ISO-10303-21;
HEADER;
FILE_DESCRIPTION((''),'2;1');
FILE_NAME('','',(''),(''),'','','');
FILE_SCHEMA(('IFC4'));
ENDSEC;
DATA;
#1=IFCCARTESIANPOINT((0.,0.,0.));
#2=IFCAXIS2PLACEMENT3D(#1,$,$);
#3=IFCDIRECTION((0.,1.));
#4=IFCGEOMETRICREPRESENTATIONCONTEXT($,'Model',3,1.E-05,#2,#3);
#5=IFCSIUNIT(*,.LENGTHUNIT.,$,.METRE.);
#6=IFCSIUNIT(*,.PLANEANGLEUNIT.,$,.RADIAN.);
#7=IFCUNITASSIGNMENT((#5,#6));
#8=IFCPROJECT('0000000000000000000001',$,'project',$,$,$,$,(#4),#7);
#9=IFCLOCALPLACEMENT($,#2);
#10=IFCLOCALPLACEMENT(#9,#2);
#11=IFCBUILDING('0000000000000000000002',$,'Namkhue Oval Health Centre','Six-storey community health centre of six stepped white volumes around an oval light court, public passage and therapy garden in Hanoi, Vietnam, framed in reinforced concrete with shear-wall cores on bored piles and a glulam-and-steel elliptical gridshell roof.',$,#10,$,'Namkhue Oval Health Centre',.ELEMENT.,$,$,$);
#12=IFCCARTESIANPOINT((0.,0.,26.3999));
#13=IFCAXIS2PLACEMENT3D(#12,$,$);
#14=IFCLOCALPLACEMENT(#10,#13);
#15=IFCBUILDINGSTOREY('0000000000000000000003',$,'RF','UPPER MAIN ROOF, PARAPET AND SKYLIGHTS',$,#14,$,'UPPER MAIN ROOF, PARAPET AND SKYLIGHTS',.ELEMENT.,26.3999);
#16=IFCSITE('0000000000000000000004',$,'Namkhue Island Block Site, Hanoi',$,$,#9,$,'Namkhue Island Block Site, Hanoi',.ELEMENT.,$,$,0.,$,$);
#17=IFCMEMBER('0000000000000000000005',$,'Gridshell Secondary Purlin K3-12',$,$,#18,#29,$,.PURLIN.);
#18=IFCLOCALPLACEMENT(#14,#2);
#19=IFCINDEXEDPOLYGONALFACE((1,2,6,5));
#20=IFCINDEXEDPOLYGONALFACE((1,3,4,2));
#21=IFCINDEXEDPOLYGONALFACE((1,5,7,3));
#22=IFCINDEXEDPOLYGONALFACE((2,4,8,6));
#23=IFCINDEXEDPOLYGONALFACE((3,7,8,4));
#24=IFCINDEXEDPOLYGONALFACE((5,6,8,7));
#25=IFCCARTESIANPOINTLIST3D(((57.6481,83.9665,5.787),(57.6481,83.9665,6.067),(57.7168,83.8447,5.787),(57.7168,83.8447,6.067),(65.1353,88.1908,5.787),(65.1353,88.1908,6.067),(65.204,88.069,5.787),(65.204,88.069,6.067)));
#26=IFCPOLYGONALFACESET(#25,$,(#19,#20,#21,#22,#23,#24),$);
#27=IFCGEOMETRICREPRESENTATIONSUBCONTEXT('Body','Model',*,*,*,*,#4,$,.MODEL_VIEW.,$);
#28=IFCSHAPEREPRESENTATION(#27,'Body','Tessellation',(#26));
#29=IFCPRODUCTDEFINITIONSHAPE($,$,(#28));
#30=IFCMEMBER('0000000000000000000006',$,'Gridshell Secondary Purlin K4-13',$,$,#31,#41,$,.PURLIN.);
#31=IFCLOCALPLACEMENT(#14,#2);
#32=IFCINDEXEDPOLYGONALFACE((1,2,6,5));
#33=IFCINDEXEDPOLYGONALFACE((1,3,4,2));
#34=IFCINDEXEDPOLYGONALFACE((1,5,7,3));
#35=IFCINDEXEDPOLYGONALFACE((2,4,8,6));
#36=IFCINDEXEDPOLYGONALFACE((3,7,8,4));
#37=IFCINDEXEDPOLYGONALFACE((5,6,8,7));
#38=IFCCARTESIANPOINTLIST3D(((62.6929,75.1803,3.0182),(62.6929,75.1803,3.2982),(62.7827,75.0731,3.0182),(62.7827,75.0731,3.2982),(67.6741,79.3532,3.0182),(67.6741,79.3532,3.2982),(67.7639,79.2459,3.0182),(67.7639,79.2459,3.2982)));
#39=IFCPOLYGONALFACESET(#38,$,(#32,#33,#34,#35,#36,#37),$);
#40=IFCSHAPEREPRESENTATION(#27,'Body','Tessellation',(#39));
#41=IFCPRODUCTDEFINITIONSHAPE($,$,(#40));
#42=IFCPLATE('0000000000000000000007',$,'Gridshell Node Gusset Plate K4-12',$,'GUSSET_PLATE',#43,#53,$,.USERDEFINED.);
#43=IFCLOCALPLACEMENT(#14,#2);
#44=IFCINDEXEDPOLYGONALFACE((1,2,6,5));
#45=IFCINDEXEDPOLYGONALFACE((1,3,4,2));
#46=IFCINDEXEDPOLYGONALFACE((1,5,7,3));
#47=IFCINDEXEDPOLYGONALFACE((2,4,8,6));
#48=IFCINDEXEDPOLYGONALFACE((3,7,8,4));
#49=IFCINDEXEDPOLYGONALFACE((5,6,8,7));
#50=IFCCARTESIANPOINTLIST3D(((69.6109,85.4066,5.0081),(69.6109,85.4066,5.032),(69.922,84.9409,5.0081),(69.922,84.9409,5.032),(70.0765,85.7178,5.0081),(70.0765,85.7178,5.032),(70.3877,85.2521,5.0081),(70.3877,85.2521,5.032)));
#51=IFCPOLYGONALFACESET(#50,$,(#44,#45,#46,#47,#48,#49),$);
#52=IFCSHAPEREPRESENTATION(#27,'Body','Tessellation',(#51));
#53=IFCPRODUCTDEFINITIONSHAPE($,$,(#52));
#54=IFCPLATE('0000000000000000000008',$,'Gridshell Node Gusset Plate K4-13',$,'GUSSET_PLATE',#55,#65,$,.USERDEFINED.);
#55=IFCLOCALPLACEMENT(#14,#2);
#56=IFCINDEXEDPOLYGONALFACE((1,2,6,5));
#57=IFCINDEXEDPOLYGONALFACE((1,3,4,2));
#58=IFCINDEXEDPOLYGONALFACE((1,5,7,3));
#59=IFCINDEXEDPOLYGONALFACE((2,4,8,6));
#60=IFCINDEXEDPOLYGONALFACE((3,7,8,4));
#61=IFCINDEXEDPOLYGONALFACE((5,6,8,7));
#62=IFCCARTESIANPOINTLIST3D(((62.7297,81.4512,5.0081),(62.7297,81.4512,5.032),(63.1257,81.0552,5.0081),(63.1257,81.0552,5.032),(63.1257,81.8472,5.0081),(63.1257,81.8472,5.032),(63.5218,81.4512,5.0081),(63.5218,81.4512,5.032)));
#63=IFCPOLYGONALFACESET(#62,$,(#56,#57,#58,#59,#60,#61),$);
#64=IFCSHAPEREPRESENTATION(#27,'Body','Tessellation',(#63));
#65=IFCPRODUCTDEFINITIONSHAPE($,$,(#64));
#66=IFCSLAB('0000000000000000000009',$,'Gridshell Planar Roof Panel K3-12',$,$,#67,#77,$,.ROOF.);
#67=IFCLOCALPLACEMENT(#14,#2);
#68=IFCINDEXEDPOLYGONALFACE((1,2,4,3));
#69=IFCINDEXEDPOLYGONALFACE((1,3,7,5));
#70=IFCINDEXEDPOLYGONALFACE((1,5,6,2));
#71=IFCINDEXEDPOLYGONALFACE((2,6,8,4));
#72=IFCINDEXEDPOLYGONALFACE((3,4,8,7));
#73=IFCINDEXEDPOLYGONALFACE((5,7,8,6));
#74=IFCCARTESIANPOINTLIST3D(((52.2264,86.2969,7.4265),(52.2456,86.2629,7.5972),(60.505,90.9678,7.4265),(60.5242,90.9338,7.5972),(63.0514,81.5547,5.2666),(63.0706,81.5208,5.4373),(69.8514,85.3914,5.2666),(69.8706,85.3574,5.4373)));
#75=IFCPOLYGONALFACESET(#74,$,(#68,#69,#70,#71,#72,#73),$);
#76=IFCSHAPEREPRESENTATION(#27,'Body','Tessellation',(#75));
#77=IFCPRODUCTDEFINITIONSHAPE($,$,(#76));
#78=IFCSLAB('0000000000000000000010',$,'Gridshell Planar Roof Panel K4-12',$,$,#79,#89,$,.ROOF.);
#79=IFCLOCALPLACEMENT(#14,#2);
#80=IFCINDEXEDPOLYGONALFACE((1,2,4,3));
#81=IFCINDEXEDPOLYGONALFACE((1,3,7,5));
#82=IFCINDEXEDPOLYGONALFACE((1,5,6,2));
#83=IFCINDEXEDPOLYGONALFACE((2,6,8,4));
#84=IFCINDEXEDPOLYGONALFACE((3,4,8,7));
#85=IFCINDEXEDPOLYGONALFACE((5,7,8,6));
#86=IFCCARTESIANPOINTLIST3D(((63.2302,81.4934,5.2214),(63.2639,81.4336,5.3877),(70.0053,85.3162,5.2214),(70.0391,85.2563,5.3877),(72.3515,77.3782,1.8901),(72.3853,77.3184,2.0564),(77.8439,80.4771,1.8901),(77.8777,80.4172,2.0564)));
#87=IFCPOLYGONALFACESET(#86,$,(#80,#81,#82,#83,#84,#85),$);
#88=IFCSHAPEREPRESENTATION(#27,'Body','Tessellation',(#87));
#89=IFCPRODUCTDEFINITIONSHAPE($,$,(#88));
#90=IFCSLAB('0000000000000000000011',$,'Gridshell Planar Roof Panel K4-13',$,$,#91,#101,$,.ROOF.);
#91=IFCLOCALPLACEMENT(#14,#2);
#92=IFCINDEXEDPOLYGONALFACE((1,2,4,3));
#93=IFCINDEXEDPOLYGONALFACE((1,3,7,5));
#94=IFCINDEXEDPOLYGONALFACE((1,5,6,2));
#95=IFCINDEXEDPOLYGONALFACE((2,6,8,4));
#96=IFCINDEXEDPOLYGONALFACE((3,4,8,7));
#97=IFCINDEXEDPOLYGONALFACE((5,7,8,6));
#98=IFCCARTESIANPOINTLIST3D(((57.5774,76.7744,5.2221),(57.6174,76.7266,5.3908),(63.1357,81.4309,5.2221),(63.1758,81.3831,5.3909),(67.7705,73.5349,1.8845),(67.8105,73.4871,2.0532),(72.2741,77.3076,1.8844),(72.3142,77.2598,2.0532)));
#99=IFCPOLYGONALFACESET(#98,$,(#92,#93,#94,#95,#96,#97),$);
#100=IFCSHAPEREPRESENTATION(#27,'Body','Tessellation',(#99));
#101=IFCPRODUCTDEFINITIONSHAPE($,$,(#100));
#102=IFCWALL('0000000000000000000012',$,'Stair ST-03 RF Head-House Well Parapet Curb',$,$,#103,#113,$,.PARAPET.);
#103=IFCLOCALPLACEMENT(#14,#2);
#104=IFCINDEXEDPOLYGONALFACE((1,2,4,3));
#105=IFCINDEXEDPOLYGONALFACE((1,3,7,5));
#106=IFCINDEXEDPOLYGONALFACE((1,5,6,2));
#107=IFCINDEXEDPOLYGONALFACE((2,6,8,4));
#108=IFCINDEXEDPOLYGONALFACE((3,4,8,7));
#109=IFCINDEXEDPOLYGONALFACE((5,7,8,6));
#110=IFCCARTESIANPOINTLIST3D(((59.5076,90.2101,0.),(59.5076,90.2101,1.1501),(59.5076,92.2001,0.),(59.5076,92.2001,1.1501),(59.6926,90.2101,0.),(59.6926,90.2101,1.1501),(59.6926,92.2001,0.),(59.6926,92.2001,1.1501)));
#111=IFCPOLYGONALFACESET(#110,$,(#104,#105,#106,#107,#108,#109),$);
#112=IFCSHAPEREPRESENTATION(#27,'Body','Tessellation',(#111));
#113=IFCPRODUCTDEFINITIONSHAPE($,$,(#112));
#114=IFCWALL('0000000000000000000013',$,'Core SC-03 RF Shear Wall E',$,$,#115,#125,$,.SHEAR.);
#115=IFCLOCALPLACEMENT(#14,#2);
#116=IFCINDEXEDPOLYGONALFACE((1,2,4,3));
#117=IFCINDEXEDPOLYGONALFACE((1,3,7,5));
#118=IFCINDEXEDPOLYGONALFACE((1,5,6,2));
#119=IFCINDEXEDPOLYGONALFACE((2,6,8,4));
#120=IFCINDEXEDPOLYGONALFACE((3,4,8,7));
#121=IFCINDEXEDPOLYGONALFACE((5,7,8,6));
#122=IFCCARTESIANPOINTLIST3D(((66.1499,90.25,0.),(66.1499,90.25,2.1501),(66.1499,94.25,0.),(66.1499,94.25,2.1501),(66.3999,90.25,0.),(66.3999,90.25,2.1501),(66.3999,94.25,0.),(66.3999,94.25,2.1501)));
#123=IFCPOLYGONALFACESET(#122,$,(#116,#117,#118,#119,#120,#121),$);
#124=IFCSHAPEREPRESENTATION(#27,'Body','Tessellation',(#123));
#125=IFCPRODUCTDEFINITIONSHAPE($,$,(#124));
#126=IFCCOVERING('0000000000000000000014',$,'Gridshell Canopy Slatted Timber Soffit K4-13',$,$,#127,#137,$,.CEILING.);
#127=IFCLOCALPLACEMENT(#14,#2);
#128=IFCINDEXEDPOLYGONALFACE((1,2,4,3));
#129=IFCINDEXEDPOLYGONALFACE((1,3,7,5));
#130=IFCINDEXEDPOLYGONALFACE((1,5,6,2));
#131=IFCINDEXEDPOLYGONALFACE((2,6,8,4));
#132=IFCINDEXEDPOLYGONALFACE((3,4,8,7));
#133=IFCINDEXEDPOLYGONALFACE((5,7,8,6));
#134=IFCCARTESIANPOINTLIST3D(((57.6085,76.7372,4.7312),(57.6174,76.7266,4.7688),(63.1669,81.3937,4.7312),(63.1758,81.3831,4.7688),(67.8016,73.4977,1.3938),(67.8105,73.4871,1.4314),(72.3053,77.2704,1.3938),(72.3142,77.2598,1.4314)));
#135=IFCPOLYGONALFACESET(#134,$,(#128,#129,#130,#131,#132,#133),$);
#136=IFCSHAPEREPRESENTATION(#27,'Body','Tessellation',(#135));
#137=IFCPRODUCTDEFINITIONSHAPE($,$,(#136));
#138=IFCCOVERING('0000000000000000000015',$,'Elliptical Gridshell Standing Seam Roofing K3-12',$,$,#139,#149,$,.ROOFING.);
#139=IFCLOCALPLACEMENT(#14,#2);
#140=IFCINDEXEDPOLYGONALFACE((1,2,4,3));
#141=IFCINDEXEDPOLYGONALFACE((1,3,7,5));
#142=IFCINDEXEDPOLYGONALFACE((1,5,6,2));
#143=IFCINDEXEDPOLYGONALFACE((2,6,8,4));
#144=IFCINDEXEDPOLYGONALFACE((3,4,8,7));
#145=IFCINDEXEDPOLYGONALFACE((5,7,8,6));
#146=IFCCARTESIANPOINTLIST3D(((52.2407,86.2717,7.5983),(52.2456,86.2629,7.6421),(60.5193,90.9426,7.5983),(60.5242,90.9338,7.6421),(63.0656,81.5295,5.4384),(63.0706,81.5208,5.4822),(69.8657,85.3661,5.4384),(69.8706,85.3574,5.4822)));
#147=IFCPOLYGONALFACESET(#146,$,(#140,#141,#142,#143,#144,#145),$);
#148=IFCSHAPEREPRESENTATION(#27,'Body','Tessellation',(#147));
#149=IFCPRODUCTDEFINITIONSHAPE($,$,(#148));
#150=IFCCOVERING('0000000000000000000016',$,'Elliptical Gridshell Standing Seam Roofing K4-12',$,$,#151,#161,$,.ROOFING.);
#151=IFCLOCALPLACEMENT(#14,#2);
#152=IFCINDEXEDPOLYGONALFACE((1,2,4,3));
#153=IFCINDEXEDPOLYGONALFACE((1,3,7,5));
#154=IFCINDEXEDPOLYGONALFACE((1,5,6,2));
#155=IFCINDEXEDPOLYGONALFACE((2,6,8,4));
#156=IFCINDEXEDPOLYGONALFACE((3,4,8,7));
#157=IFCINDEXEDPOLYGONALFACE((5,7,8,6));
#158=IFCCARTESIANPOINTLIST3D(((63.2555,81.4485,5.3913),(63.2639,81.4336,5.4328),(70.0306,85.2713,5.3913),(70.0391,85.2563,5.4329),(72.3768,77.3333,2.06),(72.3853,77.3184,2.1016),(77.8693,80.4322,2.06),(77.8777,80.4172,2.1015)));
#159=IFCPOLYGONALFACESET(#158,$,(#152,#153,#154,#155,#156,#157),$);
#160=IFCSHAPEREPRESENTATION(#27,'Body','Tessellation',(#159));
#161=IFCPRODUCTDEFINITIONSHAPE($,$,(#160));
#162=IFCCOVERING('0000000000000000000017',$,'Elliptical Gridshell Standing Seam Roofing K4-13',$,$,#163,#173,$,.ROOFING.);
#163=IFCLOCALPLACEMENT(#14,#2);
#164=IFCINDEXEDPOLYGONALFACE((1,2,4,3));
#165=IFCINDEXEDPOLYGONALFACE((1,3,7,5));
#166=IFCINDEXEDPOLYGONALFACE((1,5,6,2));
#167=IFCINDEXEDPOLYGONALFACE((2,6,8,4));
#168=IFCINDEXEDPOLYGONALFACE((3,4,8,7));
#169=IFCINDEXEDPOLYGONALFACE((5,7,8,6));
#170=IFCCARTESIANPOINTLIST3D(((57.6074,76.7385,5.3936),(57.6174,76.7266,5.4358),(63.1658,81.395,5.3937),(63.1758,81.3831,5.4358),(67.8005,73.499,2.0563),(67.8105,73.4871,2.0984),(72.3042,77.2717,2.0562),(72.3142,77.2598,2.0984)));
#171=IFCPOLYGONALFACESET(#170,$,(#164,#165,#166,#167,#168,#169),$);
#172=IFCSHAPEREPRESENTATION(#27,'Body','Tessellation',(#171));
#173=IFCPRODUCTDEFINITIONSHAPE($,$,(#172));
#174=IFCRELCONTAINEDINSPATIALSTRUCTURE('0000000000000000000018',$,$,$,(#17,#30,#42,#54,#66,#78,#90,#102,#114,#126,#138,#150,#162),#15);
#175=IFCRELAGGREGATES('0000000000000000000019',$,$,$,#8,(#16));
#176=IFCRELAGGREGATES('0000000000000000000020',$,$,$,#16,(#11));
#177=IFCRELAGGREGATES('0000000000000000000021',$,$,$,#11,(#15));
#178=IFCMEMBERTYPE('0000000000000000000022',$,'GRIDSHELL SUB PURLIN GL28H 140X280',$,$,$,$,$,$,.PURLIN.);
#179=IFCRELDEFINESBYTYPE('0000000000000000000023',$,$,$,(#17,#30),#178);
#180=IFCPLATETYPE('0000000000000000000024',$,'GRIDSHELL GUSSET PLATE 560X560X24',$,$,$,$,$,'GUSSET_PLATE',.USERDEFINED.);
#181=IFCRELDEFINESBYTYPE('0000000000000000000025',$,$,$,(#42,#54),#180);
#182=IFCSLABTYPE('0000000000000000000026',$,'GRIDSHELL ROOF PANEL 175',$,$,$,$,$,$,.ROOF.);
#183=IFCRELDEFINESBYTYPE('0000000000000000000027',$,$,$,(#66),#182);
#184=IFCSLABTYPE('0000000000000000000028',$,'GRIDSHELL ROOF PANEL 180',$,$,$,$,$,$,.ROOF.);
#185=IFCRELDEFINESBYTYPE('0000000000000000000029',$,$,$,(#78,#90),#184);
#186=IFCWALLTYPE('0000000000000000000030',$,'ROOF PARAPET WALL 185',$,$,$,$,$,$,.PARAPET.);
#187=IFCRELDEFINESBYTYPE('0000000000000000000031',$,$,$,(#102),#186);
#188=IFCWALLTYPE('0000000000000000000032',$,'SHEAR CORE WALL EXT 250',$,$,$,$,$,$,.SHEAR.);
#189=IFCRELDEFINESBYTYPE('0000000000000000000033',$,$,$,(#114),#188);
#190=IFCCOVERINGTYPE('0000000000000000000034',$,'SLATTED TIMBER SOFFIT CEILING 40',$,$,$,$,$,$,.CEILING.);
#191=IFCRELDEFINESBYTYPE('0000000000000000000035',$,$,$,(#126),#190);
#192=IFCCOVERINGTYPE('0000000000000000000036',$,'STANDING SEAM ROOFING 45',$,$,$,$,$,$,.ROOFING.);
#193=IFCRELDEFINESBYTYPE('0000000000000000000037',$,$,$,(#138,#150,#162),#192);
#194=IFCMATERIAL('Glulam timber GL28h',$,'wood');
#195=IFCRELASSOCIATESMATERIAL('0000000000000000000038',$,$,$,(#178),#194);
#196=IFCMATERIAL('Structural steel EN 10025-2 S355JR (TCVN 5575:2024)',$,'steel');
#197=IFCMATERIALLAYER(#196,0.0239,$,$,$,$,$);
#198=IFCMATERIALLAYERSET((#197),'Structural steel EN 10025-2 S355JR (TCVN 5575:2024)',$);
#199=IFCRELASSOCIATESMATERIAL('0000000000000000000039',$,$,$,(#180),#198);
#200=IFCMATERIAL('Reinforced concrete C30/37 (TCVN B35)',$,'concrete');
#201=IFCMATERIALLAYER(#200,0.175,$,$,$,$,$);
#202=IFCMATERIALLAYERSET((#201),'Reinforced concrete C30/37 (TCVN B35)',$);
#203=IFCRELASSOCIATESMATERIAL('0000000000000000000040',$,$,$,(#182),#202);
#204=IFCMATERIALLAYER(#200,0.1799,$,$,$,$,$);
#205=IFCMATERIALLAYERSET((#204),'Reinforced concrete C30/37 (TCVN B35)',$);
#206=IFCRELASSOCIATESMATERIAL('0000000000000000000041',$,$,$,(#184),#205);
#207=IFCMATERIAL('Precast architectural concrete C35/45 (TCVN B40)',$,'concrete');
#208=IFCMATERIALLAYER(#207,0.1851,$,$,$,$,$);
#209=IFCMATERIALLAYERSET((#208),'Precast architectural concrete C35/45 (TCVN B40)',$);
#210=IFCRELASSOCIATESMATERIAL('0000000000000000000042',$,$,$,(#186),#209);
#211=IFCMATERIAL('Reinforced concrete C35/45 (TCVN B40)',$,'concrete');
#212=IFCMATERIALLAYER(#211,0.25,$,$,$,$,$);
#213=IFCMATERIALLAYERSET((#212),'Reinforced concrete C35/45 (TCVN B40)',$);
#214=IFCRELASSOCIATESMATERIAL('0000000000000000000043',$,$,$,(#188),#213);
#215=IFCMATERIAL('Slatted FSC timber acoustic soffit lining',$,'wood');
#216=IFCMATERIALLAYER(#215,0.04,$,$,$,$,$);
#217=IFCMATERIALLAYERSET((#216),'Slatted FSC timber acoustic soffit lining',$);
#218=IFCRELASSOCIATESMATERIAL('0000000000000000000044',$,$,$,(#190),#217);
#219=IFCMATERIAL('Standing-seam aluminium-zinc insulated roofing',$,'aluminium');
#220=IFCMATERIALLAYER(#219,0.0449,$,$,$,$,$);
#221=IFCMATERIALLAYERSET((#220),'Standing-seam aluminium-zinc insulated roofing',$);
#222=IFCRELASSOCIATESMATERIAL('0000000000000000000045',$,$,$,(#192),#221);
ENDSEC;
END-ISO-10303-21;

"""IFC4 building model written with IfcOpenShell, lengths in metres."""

from ifc_helpers import new_model, si_unit, direction, frame, frame_2d, origin, origin_2d, place, context, subcontext, project, spatial, polyline, rectangle, outline, extrude, material, layer, layer_set, material_profile, profile_set, type_object, element, save


model = new_model("IFC4")

# Units and contexts
model_context = context("Model", 3, precision=1e-05, world=origin(), true_north=direction((0.0, 1.0)))
body_context = subcontext(model_context, "Body", "Model", "MODEL_VIEW")
ifc_project = project(units=[si_unit("LENGTHUNIT", "METRE"), si_unit("PLANEANGLEUNIT", "RADIAN")], contexts=[model_context])

# Site, building, storey
site_placement = place(None, origin())
site = spatial("IfcSite", under=ifc_project, at=site_placement, Name="Namkhue Island Block Site, Hanoi", LongName="Namkhue Island Block Site, Hanoi", CompositionType="ELEMENT", RefElevation=0.0)
building_placement = place(site_placement, origin())
building = spatial("IfcBuilding", under=site, at=building_placement, Name="Namkhue Oval Health Centre", Description="Six-storey community health centre of six stepped white volumes around an oval light court, public passage and therapy garden in Hanoi, Vietnam, framed in reinforced concrete with shear-wall cores on bored piles and a glulam-and-steel elliptical gridshell roof.", LongName="Namkhue Oval Health Centre", CompositionType="ELEMENT")
storey_placement = place(building_placement, frame((0.0, 0.0, 26.3999)))
storey = spatial("IfcBuildingStorey", under=building, at=storey_placement, Name="RF", Description="UPPER MAIN ROOF, PARAPET AND SKYLIGHTS", LongName="UPPER MAIN ROOF, PARAPET AND SKYLIGHTS", CompositionType="ELEMENT", Elevation=26.3999)

# Members
ifc_material_1 = material(Name="Structural steel EN 10025-2 S355JR (TCVN 5575:2024)", Category="steel")
ifc_material_2 = material(Name="Glulam timber GL28h", Category="wood")
ifc_material_profile_1 = material_profile(ifc_material_2, rectangle(XDim=0.1399, YDim=0.28, at=origin_2d()), Name="GL28h 140x280")
ifc_profile_set_1 = profile_set([ifc_material_profile_1], Name="Glulam timber GL28h")
member_type_1 = type_object("IfcMemberType", Name="GRIDSHELL SUB PURLIN GL28H 140X280", PredefinedType="PURLIN", material=ifc_profile_set_1)
member_1_placement = place(storey_placement, frame((65.1697, 88.1299, 5.927), z_axis=(-0.870941, -0.491388, 0.0), x_axis=(0.491388, -0.870941, 0.0)))
element("IfcMember", 1, at=member_1_placement, inside=storey, type_object=member_type_1, Name="Gridshell Secondary Purlin K3-12", PredefinedType="PURLIN", context=body_context, shape_type="SweptSolid", body=[
    extrude(rectangle(XDim=0.1399, YDim=0.28, at=origin_2d()), origin(), (0.0, 0.0, 1.0), 8.5967),
])
member_2_placement = place(storey_placement, frame((67.719, 79.2996, 3.1582), z_axis=(-0.766565, -0.642167, 0.0), x_axis=(0.642167, -0.766565, 0.0)))
element("IfcMember", 2, at=member_2_placement, inside=storey, type_object=member_type_1, Name="Gridshell Secondary Purlin K4-13", PredefinedType="PURLIN", context=body_context, shape_type="SweptSolid", body=[
    extrude(rectangle(XDim=0.1399, YDim=0.28, at=origin_2d()), origin(), (0.0, 0.0, 1.0), 6.498),
])

# Plates
ifc_layer_1 = layer(ifc_material_1, 0.0239)
ifc_layer_set_1 = layer_set([ifc_layer_1], Name="Structural steel EN 10025-2 S355JR (TCVN 5575:2024)")
plate_type = type_object("IfcPlateType", Name="GRIDSHELL GUSSET PLATE 560X560X24", ElementType="GUSSET_PLATE", PredefinedType="USERDEFINED", material=ifc_layer_set_1)
for number, where, z_axis, x_axis, name in (
    (3, (69.9993, 85.3293, 5.0081), (0.0, 0.0, 1.0), (-0.55557, 0.83147, 0.0), "Gridshell Node Gusset Plate K4-12"),
    (4, (63.1257, 81.4512, 5.0081), (0.0, 0.0, 1.0), (-0.707107, 0.707107, 0.0), "Gridshell Node Gusset Plate K4-13"),
):
    element("IfcPlate", number, at=place(storey_placement, frame(where, z_axis=z_axis, x_axis=x_axis)), inside=storey, type_object=plate_type, Name=name, ObjectType="GUSSET_PLATE", PredefinedType="USERDEFINED", context=body_context, shape_type="SweptSolid", body=[
        extrude(rectangle(XDim=0.5601, YDim=0.5601, at=origin_2d()), origin(), (0.0, 0.0, 1.0), 0.0239),
    ])

# Slabs
ifc_material_3 = material(Name="Reinforced concrete C30/37 (TCVN B35)", Category="concrete")
ifc_layer_2 = layer(ifc_material_3, 0.175)
ifc_layer_set_2 = layer_set([ifc_layer_2], Name="Reinforced concrete C30/37 (TCVN B35)")
slab_type_1 = type_object("IfcSlabType", Name="GRIDSHELL ROOF PANEL 175", PredefinedType="ROOF", material=ifc_layer_set_2)
slab_1_placement = place(storey_placement, frame((60.5242, 90.9338, 7.5972), z_axis=(0.109496, -0.194069, 0.974858), x_axis=(-0.870936, -0.491396, 0.0)))
element("IfcSlab", 5, at=slab_1_placement, inside=storey, type_object=slab_type_1, Name="Gridshell Planar Roof Panel K3-12", PredefinedType="ROOF", context=body_context, shape_type="SweptSolid", body=[
    extrude(outline(polyline([(0.0, 0.0), (9.5054, 0.0), (2.4078, 9.6932), (-5.3999, 9.6932), (0.0, 0.0)])), origin(), (0.0, 0.0, -1.0), 0.175),
])
ifc_layer_3 = layer(ifc_material_3, 0.1799)
ifc_layer_set_3 = layer_set([ifc_layer_3], Name="Reinforced concrete C30/37 (TCVN B35)")
slab_type_2 = type_object("IfcSlabType", Name="GRIDSHELL ROOF PANEL 180", PredefinedType="ROOF", material=ifc_layer_set_3)
slab_2_placement = place(storey_placement, frame((70.0391, 85.2563, 5.3877), z_axis=(0.187574, -0.332448, 0.92428), x_axis=(-0.870931, -0.491406, -0.000003)))
element("IfcSlab", 6, at=slab_2_placement, inside=storey, type_object=slab_type_2, Name="Gridshell Planar Roof Panel K4-12", PredefinedType="ROOF", context=body_context, shape_type="SweptSolid", body=[
    extrude(outline(polyline([(0.0, 0.0), (7.7792, 0.0), (1.8574, 8.7272), (-4.4489, 8.7273), (0.0, 0.0)])), origin(), (0.0, 0.0, -1.0), 0.1799),
])
slab_3_placement = place(storey_placement, frame((63.1758, 81.3831, 5.3909), z_axis=(0.222656, -0.265786, 0.937967), x_axis=(-0.766556, -0.642178, -0.000004)))
element("IfcSlab", 7, at=slab_3_placement, inside=storey, type_object=slab_type_2, Name="Gridshell Planar Roof Panel K4-13", PredefinedType="ROOF", context=body_context, shape_type="SweptSolid", body=[
    extrude(outline(polyline([(0.0, 0.0), (7.2511, 0.0), (1.5178, 9.6262), (-4.3572, 9.6264), (0.0, 0.0)])), origin(), (0.0, 0.0, -1.0), 0.1799),
])

# Walls
ifc_material_4 = material(Name="Precast architectural concrete C35/45 (TCVN B40)", Category="concrete")
ifc_layer_4 = layer(ifc_material_4, 0.1851)
ifc_layer_set_4 = layer_set([ifc_layer_4], Name="Precast architectural concrete C35/45 (TCVN B40)")
wall_type_1 = type_object("IfcWallType", Name="ROOF PARAPET WALL 185", PredefinedType="PARAPET", material=ifc_layer_set_4)
wall_1_placement = place(storey_placement, frame((59.6001, 90.21, 0.0), z_axis=(0.0, 0.0, 1.0), x_axis=(0.0, 1.0, 0.0)))
element("IfcWall", 8, at=wall_1_placement, inside=storey, type_object=wall_type_1, Name="Stair ST-03 RF Head-House Well Parapet Curb", PredefinedType="PARAPET", context=body_context, shape_type="SweptSolid", body=[
    extrude(rectangle(XDim=1.99, YDim=0.1851, at=frame_2d((0.9951, 0.0))), origin(), (0.0, 0.0, 1.0), 1.1501),
])
ifc_material_5 = material(Name="Reinforced concrete C35/45 (TCVN B40)", Category="concrete")
ifc_layer_5 = layer(ifc_material_5, 0.25)
ifc_layer_set_5 = layer_set([ifc_layer_5], Name="Reinforced concrete C35/45 (TCVN B40)")
wall_type_2 = type_object("IfcWallType", Name="SHEAR CORE WALL EXT 250", PredefinedType="SHEAR", material=ifc_layer_set_5)
wall_2_placement = place(storey_placement, frame((66.2749, 90.25, 0.0), z_axis=(0.0, 0.0, 1.0), x_axis=(0.0, 1.0, 0.0)))
element("IfcWall", 9, at=wall_2_placement, inside=storey, type_object=wall_type_2, Name="Core SC-03 RF Shear Wall E", PredefinedType="SHEAR", context=body_context, shape_type="SweptSolid", body=[
    extrude(rectangle(XDim=4.0, YDim=0.25, at=frame_2d((2.0, 0.0))), origin(), (0.0, 0.0, 1.0), 2.1501),
])

# Coverings
ifc_material_6 = material(Name="Slatted FSC timber acoustic soffit lining", Category="wood")
ifc_layer_6 = layer(ifc_material_6, 0.04)
ifc_layer_set_6 = layer_set([ifc_layer_6], Name="Slatted FSC timber acoustic soffit lining")
covering_type_1 = type_object("IfcCoveringType", Name="SLATTED TIMBER SOFFIT CEILING 40", PredefinedType="CEILING", material=ifc_layer_set_6)
covering_1_placement = place(storey_placement, frame((63.1758, 81.3831, 4.7688), z_axis=(0.222641, -0.265769, 0.937975), x_axis=(-0.766556, -0.642178, -0.000004)))
element("IfcCovering", 10, at=covering_1_placement, inside=storey, type_object=covering_type_1, Name="Gridshell Canopy Slatted Timber Soffit K4-13", PredefinedType="CEILING", context=body_context, shape_type="SweptSolid", body=[
    extrude(outline(polyline([(0.0, 0.0), (7.2511, 0.0), (1.5178, 9.6261), (-4.3572, 9.6263), (0.0, 0.0)])), origin(), (0.0, 0.0, -1.0), 0.04),
])
ifc_material_7 = material(Name="Standing-seam aluminium-zinc insulated roofing", Category="aluminium")
ifc_layer_7 = layer(ifc_material_7, 0.0449)
ifc_layer_set_7 = layer_set([ifc_layer_7], Name="Standing-seam aluminium-zinc insulated roofing")
covering_type_2 = type_object("IfcCoveringType", Name="STANDING SEAM ROOFING 45", PredefinedType="ROOFING", material=ifc_layer_set_7)
covering_2_placement = place(storey_placement, frame((60.5242, 90.9338, 7.6421), z_axis=(0.109496, -0.194069, 0.974858), x_axis=(-0.870936, -0.491396, 0.0)))
element("IfcCovering", 11, at=covering_2_placement, inside=storey, type_object=covering_type_2, Name="Elliptical Gridshell Standing Seam Roofing K3-12", PredefinedType="ROOFING", context=body_context, shape_type="SweptSolid", body=[
    extrude(outline(polyline([(0.0, 0.0), (9.5054, 0.0), (2.4078, 9.6932), (-5.3999, 9.6932), (0.0, 0.0)])), origin(), (0.0, 0.0, -1.0), 0.0449),
])
covering_3_placement = place(storey_placement, frame((70.0391, 85.2563, 5.4329), z_axis=(0.187574, -0.332448, 0.92428), x_axis=(-0.870931, -0.491406, -0.000003)))
element("IfcCovering", 12, at=covering_3_placement, inside=storey, type_object=covering_type_2, Name="Elliptical Gridshell Standing Seam Roofing K4-12", PredefinedType="ROOFING", context=body_context, shape_type="SweptSolid", body=[
    extrude(outline(polyline([(0.0, 0.0), (7.7792, 0.0), (1.8574, 8.7272), (-4.4489, 8.7273), (0.0, 0.0)])), origin(), (0.0, 0.0, -1.0), 0.0449),
])
covering_4_placement = place(storey_placement, frame((63.1758, 81.3831, 5.4358), z_axis=(0.222641, -0.265769, 0.937975), x_axis=(-0.766556, -0.642178, -0.000004)))
element("IfcCovering", 13, at=covering_4_placement, inside=storey, type_object=covering_type_2, Name="Elliptical Gridshell Standing Seam Roofing K4-13", PredefinedType="ROOFING", context=body_context, shape_type="SweptSolid", body=[
    extrude(outline(polyline([(0.0, 0.0), (7.2511, 0.0), (1.5178, 9.6261), (-4.3572, 9.6263), (0.0, 0.0)])), origin(), (0.0, 0.0, -1.0), 0.0449),
])

save(model, "model.ifc")
